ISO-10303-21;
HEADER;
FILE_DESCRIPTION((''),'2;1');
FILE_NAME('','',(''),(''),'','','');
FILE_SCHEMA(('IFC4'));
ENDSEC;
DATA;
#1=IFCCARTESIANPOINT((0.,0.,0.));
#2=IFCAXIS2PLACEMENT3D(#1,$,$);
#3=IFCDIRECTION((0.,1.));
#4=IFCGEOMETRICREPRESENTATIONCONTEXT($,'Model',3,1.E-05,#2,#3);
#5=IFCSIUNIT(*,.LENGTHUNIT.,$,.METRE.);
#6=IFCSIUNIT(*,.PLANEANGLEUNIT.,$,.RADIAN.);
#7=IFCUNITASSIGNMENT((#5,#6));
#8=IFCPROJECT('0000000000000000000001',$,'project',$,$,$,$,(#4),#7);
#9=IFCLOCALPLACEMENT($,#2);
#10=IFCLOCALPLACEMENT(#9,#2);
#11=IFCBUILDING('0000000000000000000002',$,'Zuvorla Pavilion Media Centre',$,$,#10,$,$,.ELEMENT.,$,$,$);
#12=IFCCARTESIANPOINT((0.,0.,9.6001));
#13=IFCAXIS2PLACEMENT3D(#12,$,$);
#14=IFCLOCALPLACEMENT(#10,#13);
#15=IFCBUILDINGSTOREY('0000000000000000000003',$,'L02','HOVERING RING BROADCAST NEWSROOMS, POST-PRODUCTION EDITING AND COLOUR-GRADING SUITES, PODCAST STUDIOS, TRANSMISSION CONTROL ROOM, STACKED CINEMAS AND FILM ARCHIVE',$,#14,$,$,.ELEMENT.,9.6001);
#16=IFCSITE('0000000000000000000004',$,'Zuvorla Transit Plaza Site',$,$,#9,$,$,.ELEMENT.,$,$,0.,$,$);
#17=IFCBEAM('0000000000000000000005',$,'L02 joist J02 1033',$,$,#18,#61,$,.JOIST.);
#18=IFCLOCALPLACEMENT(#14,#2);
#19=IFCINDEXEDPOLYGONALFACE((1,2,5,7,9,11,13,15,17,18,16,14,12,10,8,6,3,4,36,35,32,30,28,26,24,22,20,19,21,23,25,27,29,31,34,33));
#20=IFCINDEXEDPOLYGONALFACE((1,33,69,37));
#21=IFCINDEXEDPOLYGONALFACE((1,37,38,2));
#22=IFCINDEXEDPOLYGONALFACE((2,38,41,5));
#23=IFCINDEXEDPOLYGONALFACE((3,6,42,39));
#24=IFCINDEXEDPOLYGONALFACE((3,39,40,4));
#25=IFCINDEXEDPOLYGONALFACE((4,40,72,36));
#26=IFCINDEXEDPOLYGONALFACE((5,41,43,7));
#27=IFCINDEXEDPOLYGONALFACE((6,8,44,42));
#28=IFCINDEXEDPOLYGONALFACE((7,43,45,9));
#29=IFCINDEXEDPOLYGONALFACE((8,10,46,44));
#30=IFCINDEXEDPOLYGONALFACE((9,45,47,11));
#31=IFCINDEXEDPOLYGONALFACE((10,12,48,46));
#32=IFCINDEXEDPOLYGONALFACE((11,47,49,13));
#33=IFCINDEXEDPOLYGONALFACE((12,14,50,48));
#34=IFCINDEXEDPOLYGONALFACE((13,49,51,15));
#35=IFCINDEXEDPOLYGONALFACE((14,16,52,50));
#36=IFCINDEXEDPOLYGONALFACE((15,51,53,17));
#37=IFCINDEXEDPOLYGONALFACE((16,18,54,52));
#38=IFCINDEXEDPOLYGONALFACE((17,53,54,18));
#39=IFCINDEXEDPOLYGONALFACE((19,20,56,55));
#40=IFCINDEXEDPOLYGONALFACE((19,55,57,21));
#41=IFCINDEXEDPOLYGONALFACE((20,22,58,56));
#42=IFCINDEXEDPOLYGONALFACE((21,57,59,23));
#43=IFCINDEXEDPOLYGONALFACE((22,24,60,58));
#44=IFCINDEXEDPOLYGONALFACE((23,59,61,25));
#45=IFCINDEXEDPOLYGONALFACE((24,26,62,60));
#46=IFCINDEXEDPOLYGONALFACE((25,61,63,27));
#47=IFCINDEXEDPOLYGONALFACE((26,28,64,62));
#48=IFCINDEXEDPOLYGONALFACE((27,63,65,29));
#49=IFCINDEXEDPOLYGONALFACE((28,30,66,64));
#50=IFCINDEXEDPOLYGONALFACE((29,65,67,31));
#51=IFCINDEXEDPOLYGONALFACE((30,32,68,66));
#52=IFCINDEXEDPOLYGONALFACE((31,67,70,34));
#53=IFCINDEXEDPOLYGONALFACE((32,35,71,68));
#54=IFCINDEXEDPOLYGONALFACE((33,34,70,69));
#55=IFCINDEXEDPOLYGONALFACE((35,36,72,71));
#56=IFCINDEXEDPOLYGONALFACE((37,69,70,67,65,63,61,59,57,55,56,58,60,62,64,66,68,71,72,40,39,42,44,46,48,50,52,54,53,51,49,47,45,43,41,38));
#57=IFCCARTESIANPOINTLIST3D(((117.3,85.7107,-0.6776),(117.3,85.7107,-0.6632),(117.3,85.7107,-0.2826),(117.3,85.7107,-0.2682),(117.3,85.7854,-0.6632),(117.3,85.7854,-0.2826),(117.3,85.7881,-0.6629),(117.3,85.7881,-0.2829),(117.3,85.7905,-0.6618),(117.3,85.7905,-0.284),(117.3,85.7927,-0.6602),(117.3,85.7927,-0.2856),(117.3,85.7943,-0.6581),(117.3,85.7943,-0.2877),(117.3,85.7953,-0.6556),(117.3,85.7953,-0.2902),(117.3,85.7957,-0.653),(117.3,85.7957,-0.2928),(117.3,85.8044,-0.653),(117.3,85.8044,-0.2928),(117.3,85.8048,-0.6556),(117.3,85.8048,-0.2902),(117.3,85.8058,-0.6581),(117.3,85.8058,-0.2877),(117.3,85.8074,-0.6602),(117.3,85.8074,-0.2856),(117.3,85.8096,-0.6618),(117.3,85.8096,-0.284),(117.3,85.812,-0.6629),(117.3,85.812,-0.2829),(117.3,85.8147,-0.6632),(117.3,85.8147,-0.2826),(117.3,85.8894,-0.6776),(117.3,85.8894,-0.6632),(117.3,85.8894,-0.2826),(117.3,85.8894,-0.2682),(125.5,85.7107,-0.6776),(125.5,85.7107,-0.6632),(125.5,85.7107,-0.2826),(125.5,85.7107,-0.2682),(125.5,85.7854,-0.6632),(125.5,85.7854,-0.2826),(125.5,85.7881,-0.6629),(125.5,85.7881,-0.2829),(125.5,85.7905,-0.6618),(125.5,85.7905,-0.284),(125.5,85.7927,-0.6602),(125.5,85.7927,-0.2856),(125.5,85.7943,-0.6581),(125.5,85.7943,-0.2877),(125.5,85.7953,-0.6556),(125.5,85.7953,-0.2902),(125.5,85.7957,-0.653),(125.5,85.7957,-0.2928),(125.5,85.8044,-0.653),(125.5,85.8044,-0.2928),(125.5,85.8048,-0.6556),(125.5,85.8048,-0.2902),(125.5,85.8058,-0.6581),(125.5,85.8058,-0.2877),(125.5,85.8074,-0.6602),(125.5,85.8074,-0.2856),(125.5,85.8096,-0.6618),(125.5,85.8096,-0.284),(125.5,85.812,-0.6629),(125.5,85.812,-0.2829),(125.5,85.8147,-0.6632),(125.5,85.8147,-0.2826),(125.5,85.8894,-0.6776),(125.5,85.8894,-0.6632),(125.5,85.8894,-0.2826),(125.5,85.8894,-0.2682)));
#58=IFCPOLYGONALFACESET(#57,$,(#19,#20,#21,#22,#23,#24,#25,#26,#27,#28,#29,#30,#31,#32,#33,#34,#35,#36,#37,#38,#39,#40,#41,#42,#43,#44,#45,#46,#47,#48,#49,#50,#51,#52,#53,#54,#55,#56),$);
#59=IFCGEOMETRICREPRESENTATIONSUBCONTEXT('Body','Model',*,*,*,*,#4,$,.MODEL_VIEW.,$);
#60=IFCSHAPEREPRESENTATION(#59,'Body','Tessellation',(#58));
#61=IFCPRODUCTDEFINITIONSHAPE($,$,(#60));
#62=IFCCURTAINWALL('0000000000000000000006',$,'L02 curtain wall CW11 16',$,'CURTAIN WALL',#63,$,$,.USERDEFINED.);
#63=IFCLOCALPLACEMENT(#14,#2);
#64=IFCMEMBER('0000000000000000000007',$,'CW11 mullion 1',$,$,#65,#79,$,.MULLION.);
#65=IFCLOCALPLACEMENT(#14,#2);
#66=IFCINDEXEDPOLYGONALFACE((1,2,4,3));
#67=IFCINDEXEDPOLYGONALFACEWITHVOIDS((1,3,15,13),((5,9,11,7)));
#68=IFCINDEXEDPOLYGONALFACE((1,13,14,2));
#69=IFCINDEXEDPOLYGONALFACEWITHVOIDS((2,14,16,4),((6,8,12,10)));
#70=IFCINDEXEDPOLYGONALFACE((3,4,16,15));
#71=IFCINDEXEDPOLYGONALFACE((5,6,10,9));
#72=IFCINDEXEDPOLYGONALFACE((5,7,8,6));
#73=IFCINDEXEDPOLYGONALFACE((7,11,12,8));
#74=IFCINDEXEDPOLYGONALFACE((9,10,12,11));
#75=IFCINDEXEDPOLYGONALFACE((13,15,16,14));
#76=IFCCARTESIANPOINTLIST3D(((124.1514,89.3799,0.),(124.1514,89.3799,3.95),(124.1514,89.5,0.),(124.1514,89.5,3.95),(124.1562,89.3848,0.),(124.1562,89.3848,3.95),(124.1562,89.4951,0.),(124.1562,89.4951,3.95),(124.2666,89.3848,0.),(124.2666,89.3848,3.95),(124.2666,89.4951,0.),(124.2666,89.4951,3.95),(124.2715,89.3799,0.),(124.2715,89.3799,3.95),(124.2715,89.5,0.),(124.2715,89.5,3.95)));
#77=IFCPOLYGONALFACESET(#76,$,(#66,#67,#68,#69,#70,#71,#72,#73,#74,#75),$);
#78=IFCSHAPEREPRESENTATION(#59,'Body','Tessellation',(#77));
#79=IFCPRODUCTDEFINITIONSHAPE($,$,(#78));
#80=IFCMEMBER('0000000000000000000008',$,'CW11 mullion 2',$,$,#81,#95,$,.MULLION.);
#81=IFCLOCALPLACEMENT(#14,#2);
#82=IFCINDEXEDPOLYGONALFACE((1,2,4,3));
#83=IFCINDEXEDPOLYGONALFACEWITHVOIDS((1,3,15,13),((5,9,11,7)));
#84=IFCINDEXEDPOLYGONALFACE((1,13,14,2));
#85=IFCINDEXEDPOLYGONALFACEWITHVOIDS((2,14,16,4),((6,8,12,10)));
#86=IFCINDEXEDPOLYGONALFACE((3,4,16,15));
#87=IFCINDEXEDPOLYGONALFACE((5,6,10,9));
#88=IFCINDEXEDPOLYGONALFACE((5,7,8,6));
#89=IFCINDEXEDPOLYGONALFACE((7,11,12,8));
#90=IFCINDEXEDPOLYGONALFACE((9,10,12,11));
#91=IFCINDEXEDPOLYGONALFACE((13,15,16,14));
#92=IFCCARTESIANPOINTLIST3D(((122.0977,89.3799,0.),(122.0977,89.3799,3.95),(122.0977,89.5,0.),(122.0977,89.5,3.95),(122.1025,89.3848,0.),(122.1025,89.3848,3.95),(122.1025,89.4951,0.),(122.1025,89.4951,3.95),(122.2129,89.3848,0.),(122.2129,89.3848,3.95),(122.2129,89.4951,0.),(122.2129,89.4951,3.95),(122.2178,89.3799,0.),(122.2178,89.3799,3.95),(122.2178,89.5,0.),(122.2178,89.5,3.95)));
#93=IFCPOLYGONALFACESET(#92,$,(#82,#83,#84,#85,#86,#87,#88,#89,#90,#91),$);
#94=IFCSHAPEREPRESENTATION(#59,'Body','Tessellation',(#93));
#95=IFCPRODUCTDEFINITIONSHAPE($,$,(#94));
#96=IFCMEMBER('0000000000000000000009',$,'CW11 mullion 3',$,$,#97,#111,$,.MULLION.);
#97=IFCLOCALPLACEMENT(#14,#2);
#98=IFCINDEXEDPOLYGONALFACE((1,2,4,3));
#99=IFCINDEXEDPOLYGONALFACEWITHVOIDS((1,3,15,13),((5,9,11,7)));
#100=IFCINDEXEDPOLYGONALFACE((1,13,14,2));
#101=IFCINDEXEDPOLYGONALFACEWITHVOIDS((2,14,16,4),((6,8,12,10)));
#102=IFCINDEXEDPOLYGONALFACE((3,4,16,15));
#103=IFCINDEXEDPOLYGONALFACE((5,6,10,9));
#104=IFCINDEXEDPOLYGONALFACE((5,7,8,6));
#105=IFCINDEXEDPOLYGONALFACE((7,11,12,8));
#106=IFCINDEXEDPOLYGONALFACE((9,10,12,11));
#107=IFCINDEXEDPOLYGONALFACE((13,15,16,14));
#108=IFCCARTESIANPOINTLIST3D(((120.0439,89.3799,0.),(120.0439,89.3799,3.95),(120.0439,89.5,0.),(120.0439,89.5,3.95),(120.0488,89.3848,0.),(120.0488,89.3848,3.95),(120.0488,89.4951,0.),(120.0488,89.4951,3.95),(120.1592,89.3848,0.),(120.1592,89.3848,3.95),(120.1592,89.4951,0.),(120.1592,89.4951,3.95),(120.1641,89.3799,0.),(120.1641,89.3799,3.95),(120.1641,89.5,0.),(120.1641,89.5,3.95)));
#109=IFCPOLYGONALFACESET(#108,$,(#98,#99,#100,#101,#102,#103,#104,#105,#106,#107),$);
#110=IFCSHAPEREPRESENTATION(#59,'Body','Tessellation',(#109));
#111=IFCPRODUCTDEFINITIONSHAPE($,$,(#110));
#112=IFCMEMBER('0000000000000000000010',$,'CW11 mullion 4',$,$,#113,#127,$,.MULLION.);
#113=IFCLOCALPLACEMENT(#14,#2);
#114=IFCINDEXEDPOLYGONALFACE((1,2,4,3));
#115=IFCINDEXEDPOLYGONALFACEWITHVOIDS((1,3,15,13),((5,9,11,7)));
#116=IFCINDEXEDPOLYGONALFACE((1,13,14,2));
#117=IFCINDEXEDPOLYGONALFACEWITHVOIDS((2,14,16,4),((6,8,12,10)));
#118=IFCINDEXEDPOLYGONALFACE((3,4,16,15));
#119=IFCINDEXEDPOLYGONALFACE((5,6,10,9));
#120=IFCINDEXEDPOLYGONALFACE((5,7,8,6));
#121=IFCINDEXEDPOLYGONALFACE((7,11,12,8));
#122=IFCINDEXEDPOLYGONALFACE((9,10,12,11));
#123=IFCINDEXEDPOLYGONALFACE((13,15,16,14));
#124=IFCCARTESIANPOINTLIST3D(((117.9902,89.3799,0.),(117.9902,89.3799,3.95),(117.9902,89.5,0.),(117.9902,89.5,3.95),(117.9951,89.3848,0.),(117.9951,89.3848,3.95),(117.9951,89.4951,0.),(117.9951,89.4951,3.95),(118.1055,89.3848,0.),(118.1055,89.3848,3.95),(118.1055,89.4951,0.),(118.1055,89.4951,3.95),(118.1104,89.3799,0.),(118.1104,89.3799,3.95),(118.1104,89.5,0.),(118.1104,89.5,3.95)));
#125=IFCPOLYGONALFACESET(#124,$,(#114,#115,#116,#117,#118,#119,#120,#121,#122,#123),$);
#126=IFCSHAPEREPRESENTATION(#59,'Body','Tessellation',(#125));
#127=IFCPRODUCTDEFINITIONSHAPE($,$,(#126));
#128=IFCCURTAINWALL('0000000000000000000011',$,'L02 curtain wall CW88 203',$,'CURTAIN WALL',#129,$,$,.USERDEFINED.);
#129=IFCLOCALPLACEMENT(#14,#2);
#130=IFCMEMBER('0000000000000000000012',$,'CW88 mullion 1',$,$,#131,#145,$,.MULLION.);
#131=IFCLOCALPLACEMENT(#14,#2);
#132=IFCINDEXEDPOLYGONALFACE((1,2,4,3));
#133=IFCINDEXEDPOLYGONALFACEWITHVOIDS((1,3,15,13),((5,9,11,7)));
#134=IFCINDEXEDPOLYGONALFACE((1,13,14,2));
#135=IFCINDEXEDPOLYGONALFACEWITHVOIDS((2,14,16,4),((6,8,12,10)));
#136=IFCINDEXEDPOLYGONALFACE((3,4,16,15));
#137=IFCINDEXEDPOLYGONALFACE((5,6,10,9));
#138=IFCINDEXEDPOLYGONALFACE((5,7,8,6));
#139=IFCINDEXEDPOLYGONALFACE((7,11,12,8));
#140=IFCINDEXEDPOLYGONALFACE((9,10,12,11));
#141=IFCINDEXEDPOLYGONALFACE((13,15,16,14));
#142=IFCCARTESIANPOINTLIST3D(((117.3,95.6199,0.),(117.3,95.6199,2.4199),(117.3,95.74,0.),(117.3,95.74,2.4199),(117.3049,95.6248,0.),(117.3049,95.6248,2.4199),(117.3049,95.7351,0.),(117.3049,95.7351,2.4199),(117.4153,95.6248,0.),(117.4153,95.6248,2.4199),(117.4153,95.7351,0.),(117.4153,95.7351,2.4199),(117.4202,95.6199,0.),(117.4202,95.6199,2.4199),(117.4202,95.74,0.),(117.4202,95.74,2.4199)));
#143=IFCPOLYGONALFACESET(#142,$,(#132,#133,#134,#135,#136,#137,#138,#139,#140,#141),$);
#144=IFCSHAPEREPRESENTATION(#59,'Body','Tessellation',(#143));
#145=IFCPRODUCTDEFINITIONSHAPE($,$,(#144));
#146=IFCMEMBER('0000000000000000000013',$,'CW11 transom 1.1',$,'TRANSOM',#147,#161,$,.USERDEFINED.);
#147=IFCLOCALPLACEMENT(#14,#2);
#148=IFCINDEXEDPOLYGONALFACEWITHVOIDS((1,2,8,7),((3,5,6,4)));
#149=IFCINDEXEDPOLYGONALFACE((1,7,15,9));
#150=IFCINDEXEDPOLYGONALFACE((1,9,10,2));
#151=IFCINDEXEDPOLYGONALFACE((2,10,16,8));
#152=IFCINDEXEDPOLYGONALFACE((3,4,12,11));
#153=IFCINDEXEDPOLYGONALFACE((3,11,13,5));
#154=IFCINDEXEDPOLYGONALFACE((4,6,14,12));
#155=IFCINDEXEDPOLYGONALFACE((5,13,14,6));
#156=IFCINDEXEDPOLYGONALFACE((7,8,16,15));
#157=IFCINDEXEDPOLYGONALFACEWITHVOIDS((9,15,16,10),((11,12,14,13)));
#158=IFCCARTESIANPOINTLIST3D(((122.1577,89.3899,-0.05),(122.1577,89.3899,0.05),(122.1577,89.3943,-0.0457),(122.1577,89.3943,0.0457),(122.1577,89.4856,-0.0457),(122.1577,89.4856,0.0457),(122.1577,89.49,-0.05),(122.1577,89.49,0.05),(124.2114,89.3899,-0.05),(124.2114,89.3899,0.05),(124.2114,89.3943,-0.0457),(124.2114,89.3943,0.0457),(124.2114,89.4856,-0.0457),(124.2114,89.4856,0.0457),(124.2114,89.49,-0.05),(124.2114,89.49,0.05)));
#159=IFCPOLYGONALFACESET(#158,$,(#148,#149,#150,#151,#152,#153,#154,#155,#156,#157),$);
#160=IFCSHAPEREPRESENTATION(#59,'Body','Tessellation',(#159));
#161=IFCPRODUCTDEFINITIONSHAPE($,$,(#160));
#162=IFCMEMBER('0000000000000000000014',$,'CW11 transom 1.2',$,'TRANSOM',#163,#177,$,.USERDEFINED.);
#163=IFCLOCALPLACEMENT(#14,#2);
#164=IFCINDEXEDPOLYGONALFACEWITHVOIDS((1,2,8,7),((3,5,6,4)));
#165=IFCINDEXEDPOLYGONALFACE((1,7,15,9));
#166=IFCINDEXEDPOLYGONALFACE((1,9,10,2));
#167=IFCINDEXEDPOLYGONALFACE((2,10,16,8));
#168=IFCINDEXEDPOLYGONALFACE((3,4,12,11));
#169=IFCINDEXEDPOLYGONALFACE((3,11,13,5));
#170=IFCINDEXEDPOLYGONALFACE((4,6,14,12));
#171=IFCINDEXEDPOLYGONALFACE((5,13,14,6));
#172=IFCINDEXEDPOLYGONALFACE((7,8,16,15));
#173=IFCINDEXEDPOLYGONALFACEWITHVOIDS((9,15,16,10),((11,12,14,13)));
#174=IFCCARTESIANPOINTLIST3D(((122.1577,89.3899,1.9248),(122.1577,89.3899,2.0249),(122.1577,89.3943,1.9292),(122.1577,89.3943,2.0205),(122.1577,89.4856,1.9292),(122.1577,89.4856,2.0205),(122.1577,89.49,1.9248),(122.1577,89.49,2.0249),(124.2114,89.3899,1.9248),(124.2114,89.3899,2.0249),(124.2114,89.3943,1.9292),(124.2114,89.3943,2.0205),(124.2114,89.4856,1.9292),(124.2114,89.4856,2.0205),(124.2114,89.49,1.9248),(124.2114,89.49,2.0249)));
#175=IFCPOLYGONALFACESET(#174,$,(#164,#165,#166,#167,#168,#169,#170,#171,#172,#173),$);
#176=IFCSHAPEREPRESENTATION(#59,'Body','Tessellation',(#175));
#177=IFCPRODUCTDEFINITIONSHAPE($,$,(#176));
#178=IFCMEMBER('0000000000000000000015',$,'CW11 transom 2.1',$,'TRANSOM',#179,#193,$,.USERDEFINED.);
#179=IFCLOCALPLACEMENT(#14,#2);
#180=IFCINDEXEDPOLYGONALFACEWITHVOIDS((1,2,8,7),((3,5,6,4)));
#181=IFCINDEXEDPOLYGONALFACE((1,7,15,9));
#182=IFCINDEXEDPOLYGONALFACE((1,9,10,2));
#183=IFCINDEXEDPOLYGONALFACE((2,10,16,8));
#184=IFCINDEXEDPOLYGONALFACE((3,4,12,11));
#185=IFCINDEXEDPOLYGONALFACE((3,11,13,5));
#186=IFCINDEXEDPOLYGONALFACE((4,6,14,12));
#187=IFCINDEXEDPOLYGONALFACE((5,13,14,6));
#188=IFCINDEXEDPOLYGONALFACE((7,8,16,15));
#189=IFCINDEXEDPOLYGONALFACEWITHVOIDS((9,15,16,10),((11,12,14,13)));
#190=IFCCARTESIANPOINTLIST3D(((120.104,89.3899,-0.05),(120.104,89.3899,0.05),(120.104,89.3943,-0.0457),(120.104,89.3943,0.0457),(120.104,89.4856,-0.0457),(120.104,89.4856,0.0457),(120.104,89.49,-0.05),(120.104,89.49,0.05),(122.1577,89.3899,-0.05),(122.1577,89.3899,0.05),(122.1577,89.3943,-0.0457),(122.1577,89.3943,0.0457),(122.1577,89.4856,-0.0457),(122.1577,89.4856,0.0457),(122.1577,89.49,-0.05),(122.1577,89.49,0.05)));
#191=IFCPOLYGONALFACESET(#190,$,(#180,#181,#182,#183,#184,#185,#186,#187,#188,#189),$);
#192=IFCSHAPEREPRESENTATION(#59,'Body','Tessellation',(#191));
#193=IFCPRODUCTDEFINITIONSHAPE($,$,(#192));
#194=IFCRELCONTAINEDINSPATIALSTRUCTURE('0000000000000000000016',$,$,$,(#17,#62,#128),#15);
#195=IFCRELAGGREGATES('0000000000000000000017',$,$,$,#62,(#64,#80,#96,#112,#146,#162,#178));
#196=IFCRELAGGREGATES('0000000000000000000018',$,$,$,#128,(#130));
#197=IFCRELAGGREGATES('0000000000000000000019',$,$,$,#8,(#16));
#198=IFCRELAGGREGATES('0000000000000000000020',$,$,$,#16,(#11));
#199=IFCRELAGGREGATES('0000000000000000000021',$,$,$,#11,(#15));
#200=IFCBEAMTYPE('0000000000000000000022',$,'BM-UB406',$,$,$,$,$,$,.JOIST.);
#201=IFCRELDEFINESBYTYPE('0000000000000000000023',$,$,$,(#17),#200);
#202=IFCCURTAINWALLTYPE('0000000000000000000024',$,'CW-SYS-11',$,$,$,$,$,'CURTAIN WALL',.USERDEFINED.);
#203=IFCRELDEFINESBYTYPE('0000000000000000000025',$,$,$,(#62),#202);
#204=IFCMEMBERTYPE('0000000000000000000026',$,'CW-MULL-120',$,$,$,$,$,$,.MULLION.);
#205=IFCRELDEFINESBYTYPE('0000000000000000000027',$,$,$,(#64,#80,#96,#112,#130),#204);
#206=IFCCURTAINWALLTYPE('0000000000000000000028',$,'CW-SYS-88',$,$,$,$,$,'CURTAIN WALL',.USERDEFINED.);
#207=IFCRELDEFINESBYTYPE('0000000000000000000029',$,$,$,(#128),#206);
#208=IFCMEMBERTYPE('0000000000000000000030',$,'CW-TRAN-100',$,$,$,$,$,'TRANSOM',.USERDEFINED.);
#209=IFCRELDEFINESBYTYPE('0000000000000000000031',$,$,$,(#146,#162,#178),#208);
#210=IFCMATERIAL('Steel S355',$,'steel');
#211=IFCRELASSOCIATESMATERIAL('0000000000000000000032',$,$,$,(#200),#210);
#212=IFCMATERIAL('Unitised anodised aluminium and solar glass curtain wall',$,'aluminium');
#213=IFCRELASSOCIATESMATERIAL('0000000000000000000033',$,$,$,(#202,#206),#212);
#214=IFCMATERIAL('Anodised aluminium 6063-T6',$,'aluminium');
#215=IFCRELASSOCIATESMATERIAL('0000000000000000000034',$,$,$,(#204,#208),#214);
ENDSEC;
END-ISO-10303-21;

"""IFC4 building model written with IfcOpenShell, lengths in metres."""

from ifc_helpers import new_model, si_unit, direction, frame, origin, origin_2d, place, context, subcontext, project, spatial, hollow_rectangle, i_section, extrude, material, material_profile, profile_set, type_object, element, aggregate, save


model = new_model("IFC4")

# Units and contexts
model_context = context("Model", 3, precision=1e-05, world=origin(), true_north=direction((0.0, 1.0)))
body_context = subcontext(model_context, "Body", "Model", "MODEL_VIEW")
ifc_project = project(units=[si_unit("LENGTHUNIT", "METRE"), si_unit("PLANEANGLEUNIT", "RADIAN")], contexts=[model_context])

# Site, building, storey
site_placement = place(None, origin())
site = spatial("IfcSite", under=ifc_project, at=site_placement, Name="Zuvorla Transit Plaza Site", CompositionType="ELEMENT", RefElevation=0.0)
building_placement = place(site_placement, origin())
building = spatial("IfcBuilding", under=site, at=building_placement, Name="Zuvorla Pavilion Media Centre", CompositionType="ELEMENT")
storey_placement = place(building_placement, frame((0.0, 0.0, 9.6001)))
storey = spatial("IfcBuildingStorey", under=building, at=storey_placement, Name="L02", Description="HOVERING RING BROADCAST NEWSROOMS, POST-PRODUCTION EDITING AND COLOUR-GRADING SUITES, PODCAST STUDIOS, TRANSMISSION CONTROL ROOM, STACKED CINEMAS AND FILM ARCHIVE", CompositionType="ELEMENT", Elevation=9.6001)

# Beam
ifc_material_1 = material(Name="Steel S355", Category="steel")
ifc_material_profile_1 = material_profile(ifc_material_1, i_section(OverallWidth=0.1787, OverallDepth=0.4094, WebThickness=0.0088, FlangeThickness=0.0144, FilletRadius=0.0103, at=origin_2d()), Name="UB 406x178x67")
ifc_profile_set_1 = profile_set([ifc_material_profile_1], Name="Steel S355")
beam_type = type_object("IfcBeamType", Name="BM-UB406", PredefinedType="JOIST", material=ifc_profile_set_1)
beam_placement = place(storey_placement, frame((117.3, 85.8, -0.4729), z_axis=(1.0, 0.0, 0.0), x_axis=(0.0, 1.0, 0.0)))
element("IfcBeam", 1, at=beam_placement, inside=storey, type_object=beam_type, Name="L02 joist J02 1033", PredefinedType="JOIST", context=body_context, shape_type="SweptSolid", body=[
    extrude(i_section(OverallWidth=0.1787, OverallDepth=0.4094, WebThickness=0.0088, FlangeThickness=0.0144, FilletRadius=0.0103, at=origin_2d()), origin(), (0.0, 0.0, 1.0), 8.2),
])

# Curtain wall, members
ifc_material_2 = material(Name="Unitised anodised aluminium and solar glass curtain wall", Category="aluminium")
curtain_wall_type_1 = type_object("IfcCurtainWallType", Name="CW-SYS-11", ElementType="CURTAIN WALL", PredefinedType="USERDEFINED", material=ifc_material_2)
curtain_wall_1_placement = place(storey_placement, origin())
curtain_wall_1 = element("IfcCurtainWall", 2, at=curtain_wall_1_placement, inside=storey, type_object=curtain_wall_type_1, Name="L02 curtain wall CW11 16", ObjectType="CURTAIN WALL", PredefinedType="USERDEFINED")
ifc_material_3 = material(Name="Anodised aluminium 6063-T6", Category="aluminium")
ifc_material_profile_2 = material_profile(ifc_material_3, hollow_rectangle(XDim=0.1201, YDim=0.1201, WallThickness=0.0049, at=origin_2d()), Name="ALU MULL 120x120")
ifc_profile_set_2 = profile_set([ifc_material_profile_2], Name="Anodised aluminium 6063-T6")
member_type_1 = type_object("IfcMemberType", Name="CW-MULL-120", PredefinedType="MULLION", material=ifc_profile_set_2)
member_1_placement = place(storey_placement, frame((124.2114, 89.4399, 0.0), z_axis=(0.0, 0.0, 1.0), x_axis=(1.0, 0.0, 0.0)))
member_1 = element("IfcMember", 3, at=member_1_placement, type_object=member_type_1, Name="CW11 mullion 1", PredefinedType="MULLION", context=body_context, shape_type="SweptSolid", body=[
    extrude(hollow_rectangle(XDim=0.1201, YDim=0.1201, WallThickness=0.0049, at=origin_2d()), origin(), (0.0, 0.0, 1.0), 3.95),
])
member_2_placement = place(storey_placement, frame((122.1577, 89.4399, 0.0), z_axis=(0.0, 0.0, 1.0), x_axis=(1.0, 0.0, 0.0)))
member_2 = element("IfcMember", 4, at=member_2_placement, type_object=member_type_1, Name="CW11 mullion 2", PredefinedType="MULLION", context=body_context, shape_type="SweptSolid", body=[
    extrude(hollow_rectangle(XDim=0.1201, YDim=0.1201, WallThickness=0.0049, at=origin_2d()), origin(), (0.0, 0.0, 1.0), 3.95),
])
member_3_placement = place(storey_placement, frame((120.104, 89.4399, 0.0), z_axis=(0.0, 0.0, 1.0), x_axis=(1.0, 0.0, 0.0)))
member_3 = element("IfcMember", 5, at=member_3_placement, type_object=member_type_1, Name="CW11 mullion 3", PredefinedType="MULLION", context=body_context, shape_type="SweptSolid", body=[
    extrude(hollow_rectangle(XDim=0.1201, YDim=0.1201, WallThickness=0.0049, at=origin_2d()), origin(), (0.0, 0.0, 1.0), 3.95),
])
member_4_placement = place(storey_placement, frame((118.0503, 89.4399, 0.0), z_axis=(0.0, 0.0, 1.0), x_axis=(1.0, 0.0, 0.0)))
member_4 = element("IfcMember", 6, at=member_4_placement, type_object=member_type_1, Name="CW11 mullion 4", PredefinedType="MULLION", context=body_context, shape_type="SweptSolid", body=[
    extrude(hollow_rectangle(XDim=0.1201, YDim=0.1201, WallThickness=0.0049, at=origin_2d()), origin(), (0.0, 0.0, 1.0), 3.95),
])

# Curtain wall, member
curtain_wall_type_2 = type_object("IfcCurtainWallType", Name="CW-SYS-88", ElementType="CURTAIN WALL", PredefinedType="USERDEFINED", material=ifc_material_2)
curtain_wall_2_placement = place(storey_placement, origin())
curtain_wall_2 = element("IfcCurtainWall", 7, at=curtain_wall_2_placement, inside=storey, type_object=curtain_wall_type_2, Name="L02 curtain wall CW88 203", ObjectType="CURTAIN WALL", PredefinedType="USERDEFINED")
member_5_placement = place(storey_placement, frame((117.3601, 95.6799, 0.0), z_axis=(0.0, 0.0, 1.0), x_axis=(1.0, 0.0, 0.0)))
member_5 = element("IfcMember", 8, at=member_5_placement, type_object=member_type_1, Name="CW88 mullion 1", PredefinedType="MULLION", context=body_context, shape_type="SweptSolid", body=[
    extrude(hollow_rectangle(XDim=0.1201, YDim=0.1201, WallThickness=0.0049, at=origin_2d()), origin(), (0.0, 0.0, 1.0), 2.4199),
])

# Members
ifc_material_profile_3 = material_profile(ifc_material_3, hollow_rectangle(XDim=0.1001, YDim=0.1001, WallThickness=0.0044, at=origin_2d()), Name="ALU TRAN 100x100")
ifc_profile_set_3 = profile_set([ifc_material_profile_3], Name="Anodised aluminium 6063-T6")
member_type_2 = type_object("IfcMemberType", Name="CW-TRAN-100", ElementType="TRANSOM", PredefinedType="USERDEFINED", material=ifc_profile_set_3)
member_6_placement = place(storey_placement, frame((124.2114, 89.4399, 0.0), z_axis=(-1.0, 0.0, 0.0), x_axis=(0.0, -1.0, 0.0)))
member_6 = element("IfcMember", 9, at=member_6_placement, type_object=member_type_2, Name="CW11 transom 1.1", ObjectType="TRANSOM", PredefinedType="USERDEFINED", context=body_context, shape_type="SweptSolid", body=[
    extrude(hollow_rectangle(XDim=0.1001, YDim=0.1001, WallThickness=0.0044, at=origin_2d()), origin(), (0.0, 0.0, 1.0), 2.0537),
])
member_7_placement = place(storey_placement, frame((124.2114, 89.4399, 1.9749), z_axis=(-1.0, 0.0, 0.0), x_axis=(0.0, -1.0, 0.0)))
member_7 = element("IfcMember", 10, at=member_7_placement, type_object=member_type_2, Name="CW11 transom 1.2", ObjectType="TRANSOM", PredefinedType="USERDEFINED", context=body_context, shape_type="SweptSolid", body=[
    extrude(hollow_rectangle(XDim=0.1001, YDim=0.1001, WallThickness=0.0044, at=origin_2d()), origin(), (0.0, 0.0, 1.0), 2.0537),
])
member_8_placement = place(storey_placement, frame((122.1577, 89.4399, 0.0), z_axis=(-1.0, 0.0, 0.0), x_axis=(0.0, -1.0, 0.0)))
member_8 = element("IfcMember", 11, at=member_8_placement, type_object=member_type_2, Name="CW11 transom 2.1", ObjectType="TRANSOM", PredefinedType="USERDEFINED", context=body_context, shape_type="SweptSolid", body=[
    extrude(hollow_rectangle(XDim=0.1001, YDim=0.1001, WallThickness=0.0044, at=origin_2d()), origin(), (0.0, 0.0, 1.0), 2.0537),
])

aggregate(curtain_wall_1, [member_1, member_2, member_3, member_4, member_6, member_7, member_8])
aggregate(curtain_wall_2, [member_5])

save(model, "model.ifc")
